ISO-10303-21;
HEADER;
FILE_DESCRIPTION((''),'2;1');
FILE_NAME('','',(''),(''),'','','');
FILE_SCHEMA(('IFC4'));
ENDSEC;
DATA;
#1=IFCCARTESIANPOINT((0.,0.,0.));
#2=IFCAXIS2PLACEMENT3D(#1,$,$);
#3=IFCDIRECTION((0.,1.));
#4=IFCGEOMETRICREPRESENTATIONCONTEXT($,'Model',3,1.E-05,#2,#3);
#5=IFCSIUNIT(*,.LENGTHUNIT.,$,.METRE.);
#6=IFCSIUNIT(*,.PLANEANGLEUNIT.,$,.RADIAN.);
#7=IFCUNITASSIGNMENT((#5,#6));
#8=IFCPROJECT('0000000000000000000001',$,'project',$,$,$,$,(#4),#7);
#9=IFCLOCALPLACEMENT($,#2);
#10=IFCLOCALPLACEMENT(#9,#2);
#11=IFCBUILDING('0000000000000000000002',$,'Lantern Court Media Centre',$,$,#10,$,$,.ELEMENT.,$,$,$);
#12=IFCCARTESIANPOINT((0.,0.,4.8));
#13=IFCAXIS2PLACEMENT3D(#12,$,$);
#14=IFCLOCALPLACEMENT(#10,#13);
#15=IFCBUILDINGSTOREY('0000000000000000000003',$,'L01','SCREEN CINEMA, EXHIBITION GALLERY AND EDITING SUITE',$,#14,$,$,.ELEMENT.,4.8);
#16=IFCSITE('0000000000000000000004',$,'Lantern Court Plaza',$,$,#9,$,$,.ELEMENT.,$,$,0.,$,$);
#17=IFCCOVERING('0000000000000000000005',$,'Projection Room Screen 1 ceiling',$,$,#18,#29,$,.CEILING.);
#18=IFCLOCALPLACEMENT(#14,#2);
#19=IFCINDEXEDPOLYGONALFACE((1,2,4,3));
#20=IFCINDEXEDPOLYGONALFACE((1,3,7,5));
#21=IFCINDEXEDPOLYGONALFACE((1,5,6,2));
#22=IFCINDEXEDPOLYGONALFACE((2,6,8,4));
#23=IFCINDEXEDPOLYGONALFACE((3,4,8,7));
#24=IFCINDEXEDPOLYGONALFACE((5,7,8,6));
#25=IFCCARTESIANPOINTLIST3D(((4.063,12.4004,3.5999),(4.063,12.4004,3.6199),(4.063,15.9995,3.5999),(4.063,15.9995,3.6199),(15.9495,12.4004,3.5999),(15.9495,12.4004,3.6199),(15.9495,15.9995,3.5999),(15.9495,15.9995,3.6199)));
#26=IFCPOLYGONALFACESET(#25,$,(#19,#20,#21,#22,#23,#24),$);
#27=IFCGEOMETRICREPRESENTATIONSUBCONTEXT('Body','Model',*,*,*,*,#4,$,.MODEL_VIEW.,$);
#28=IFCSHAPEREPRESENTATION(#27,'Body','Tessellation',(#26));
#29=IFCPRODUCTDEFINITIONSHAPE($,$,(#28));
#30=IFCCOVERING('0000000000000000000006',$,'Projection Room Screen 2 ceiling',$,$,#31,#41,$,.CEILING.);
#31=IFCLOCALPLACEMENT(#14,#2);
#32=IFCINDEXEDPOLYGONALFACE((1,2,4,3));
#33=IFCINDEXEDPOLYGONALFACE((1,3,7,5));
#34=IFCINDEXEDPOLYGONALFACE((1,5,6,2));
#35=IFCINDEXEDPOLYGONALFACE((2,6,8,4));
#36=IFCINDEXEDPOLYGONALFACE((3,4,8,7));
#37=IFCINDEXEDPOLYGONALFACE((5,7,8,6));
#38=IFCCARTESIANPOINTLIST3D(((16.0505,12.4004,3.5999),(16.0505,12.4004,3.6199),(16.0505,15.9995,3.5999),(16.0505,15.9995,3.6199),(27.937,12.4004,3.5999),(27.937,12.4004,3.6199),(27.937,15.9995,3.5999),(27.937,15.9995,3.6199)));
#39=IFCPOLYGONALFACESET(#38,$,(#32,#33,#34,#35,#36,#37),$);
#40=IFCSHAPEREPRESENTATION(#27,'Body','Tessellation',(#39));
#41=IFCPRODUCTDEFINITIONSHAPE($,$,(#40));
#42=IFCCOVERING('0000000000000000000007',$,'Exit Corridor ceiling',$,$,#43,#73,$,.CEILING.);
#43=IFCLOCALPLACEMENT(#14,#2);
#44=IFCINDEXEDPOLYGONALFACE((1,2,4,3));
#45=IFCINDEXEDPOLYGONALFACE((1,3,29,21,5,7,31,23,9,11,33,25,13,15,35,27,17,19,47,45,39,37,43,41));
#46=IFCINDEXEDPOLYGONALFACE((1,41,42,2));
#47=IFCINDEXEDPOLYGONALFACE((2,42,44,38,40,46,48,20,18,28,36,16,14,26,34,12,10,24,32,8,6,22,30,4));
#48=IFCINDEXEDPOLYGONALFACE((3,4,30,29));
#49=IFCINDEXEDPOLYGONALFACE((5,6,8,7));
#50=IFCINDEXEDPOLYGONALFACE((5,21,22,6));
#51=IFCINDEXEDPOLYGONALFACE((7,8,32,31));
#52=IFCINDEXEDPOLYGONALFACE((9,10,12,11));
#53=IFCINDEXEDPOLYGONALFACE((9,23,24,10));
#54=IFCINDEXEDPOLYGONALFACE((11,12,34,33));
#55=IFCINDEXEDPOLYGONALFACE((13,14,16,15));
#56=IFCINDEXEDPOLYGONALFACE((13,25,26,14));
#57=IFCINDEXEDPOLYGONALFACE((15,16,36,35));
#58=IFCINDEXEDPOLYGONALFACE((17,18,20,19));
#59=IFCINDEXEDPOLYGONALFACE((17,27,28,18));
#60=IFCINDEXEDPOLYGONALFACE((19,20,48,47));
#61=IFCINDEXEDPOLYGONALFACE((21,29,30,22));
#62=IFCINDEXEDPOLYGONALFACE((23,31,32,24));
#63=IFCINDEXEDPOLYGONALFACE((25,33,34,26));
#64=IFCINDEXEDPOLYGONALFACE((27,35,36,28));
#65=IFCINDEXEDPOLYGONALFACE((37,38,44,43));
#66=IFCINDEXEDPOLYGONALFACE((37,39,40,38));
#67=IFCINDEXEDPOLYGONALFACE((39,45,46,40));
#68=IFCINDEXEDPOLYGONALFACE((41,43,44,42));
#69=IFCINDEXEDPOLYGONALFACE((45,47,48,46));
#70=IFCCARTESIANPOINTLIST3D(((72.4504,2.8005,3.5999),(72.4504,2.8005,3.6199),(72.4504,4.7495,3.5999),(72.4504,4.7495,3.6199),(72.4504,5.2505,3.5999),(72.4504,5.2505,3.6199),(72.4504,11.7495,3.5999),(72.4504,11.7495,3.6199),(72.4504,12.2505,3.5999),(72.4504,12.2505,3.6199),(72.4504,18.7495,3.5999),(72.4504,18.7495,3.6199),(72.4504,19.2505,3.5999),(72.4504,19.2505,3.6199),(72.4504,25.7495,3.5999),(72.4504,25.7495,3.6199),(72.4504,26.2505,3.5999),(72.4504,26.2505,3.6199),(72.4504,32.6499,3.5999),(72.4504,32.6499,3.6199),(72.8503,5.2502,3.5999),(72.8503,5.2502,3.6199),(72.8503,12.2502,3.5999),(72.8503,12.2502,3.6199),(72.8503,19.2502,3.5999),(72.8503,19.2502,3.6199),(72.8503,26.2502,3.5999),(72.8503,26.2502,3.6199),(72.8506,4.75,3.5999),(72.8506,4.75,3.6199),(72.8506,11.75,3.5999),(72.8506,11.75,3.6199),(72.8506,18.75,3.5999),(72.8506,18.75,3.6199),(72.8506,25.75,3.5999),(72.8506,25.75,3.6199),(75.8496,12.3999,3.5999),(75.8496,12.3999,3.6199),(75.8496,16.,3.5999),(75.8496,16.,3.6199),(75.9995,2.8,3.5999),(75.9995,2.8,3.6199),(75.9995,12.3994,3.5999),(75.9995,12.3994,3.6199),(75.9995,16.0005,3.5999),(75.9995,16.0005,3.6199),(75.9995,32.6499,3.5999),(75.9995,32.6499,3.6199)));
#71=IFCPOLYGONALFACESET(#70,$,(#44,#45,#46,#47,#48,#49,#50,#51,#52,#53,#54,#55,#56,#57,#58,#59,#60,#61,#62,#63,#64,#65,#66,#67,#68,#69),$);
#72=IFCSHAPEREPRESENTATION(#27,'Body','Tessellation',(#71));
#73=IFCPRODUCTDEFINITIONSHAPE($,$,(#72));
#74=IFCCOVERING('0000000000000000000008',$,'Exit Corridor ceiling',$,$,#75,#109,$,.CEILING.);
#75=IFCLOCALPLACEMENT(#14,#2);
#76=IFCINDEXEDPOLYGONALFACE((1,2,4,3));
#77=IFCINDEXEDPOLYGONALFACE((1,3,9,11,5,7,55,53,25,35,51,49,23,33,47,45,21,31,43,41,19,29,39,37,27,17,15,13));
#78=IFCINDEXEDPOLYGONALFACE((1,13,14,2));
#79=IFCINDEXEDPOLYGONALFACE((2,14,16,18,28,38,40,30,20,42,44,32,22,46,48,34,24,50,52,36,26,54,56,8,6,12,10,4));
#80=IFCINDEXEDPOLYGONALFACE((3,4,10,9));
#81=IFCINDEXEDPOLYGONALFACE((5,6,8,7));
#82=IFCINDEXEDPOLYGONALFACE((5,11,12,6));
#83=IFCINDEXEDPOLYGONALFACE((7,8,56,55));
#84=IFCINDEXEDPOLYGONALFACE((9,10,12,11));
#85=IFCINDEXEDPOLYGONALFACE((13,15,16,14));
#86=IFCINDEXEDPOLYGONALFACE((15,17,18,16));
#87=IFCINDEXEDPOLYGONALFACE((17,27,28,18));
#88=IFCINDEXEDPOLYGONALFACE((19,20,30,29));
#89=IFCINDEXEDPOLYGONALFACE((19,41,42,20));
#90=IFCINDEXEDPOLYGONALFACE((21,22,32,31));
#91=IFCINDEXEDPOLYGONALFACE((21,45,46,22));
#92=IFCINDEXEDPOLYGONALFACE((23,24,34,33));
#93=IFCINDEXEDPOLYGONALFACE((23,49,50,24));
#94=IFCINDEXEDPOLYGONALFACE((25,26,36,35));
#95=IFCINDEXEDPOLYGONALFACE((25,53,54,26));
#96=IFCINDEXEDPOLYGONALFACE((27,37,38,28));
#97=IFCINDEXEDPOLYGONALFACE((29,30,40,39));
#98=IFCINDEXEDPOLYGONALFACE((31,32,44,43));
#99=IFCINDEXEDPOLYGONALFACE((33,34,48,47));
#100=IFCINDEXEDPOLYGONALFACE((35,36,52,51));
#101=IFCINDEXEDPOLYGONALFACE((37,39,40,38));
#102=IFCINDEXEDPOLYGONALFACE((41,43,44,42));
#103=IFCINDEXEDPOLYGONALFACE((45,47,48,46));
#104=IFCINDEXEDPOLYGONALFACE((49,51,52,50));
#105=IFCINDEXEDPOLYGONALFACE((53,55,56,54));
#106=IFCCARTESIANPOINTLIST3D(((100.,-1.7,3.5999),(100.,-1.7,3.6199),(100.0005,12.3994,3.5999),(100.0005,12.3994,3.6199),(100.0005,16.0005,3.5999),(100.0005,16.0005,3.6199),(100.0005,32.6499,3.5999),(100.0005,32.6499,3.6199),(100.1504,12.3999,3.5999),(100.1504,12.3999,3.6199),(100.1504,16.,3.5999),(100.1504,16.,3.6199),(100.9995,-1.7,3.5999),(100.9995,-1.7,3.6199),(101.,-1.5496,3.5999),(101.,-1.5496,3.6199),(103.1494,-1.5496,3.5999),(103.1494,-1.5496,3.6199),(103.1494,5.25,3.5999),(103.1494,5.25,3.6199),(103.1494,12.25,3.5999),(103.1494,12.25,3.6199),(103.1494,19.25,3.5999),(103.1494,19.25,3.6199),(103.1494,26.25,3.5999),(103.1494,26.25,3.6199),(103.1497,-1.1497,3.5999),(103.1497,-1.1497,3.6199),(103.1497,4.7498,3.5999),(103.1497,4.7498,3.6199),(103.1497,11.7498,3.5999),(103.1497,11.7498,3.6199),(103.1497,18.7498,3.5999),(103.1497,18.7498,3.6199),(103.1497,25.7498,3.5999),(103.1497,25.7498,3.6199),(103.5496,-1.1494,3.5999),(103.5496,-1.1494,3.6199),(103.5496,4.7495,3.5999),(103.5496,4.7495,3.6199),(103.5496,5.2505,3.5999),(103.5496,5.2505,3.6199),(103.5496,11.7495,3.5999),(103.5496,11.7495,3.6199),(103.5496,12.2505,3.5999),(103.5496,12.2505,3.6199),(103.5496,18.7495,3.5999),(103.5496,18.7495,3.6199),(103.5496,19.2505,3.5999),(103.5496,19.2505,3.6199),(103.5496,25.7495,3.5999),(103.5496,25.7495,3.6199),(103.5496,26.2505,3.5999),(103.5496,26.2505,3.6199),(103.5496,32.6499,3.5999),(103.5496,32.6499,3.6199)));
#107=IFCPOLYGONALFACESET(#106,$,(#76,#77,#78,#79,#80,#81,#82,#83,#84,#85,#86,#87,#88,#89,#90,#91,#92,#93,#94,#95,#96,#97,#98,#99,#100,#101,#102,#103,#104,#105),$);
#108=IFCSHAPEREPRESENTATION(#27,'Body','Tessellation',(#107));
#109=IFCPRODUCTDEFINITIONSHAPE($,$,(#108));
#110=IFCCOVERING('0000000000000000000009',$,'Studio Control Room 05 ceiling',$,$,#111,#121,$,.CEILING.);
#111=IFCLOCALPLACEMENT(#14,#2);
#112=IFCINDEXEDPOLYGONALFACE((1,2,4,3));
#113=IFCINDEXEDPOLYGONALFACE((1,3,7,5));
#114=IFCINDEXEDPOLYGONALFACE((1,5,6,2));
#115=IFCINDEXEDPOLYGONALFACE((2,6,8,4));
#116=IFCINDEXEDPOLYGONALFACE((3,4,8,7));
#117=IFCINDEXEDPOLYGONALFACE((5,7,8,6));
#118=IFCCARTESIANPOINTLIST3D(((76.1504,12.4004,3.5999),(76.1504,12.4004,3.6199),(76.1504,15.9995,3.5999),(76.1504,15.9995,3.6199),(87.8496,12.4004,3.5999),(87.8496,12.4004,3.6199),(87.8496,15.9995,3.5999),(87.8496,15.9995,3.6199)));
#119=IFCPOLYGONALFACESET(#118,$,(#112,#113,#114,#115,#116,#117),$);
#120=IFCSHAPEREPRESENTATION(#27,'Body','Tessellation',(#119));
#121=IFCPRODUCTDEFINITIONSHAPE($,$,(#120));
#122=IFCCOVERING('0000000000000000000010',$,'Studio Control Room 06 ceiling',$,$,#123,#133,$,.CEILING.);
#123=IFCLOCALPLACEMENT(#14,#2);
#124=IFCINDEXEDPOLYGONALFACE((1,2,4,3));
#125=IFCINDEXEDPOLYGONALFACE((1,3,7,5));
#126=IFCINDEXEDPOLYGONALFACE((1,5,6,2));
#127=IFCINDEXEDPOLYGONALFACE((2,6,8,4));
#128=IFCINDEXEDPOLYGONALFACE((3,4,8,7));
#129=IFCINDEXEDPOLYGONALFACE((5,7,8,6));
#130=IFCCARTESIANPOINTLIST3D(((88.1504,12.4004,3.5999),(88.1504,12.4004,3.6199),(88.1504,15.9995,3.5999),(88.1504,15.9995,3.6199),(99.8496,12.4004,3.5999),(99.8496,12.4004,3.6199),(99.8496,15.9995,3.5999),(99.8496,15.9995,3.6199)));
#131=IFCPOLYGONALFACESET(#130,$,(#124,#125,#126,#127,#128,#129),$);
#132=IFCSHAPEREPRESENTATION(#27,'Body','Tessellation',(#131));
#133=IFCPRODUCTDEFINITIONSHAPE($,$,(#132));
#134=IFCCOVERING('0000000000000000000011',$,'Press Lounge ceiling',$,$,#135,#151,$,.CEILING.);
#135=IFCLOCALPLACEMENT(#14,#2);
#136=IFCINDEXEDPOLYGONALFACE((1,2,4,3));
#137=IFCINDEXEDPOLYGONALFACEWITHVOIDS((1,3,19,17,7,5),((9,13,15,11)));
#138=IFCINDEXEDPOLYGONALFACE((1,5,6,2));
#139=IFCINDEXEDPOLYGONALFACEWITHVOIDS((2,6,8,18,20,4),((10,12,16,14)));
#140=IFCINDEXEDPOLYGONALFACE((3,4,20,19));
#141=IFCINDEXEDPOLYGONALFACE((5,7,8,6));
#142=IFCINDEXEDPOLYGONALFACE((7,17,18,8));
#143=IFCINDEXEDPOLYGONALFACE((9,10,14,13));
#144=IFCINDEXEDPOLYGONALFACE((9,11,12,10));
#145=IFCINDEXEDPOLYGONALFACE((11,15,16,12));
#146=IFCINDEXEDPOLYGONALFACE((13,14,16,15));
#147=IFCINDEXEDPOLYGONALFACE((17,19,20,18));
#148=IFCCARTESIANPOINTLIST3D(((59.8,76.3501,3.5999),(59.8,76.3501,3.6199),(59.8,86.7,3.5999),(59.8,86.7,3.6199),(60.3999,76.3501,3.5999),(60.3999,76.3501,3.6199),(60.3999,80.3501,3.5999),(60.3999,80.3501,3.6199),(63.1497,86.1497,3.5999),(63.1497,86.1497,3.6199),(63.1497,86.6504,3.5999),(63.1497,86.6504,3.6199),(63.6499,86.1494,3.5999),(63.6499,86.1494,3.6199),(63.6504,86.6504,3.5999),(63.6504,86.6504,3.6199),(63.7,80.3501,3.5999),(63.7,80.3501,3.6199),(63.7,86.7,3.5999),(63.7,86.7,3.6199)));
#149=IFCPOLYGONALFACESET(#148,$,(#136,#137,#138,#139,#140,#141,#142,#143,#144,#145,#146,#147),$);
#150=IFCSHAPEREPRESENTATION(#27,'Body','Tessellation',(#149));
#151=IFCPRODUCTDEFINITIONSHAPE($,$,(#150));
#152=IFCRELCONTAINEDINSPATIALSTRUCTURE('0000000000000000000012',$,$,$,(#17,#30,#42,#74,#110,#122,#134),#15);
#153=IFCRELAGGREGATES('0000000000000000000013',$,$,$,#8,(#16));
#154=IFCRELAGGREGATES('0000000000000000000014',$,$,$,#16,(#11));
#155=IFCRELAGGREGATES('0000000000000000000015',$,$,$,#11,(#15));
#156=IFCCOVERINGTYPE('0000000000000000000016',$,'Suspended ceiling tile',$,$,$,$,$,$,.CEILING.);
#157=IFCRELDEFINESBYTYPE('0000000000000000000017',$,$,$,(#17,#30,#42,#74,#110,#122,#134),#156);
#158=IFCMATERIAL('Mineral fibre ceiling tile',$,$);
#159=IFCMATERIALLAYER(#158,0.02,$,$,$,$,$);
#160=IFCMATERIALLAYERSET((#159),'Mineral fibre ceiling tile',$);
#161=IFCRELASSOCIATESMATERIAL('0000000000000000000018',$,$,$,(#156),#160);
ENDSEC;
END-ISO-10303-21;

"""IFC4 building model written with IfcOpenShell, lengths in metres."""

from ifc_helpers import new_model, si_unit, direction, frame, origin, place, context, subcontext, project, spatial, polyline, outline, extrude, material, layer, layer_set, type_object, element, save


model = new_model("IFC4")

# Units and contexts
model_context = context("Model", 3, precision=1e-05, world=origin(), true_north=direction((0.0, 1.0)))
body_context = subcontext(model_context, "Body", "Model", "MODEL_VIEW")
ifc_project = project(units=[si_unit("LENGTHUNIT", "METRE"), si_unit("PLANEANGLEUNIT", "RADIAN")], contexts=[model_context])

# Site, building, storey
site_placement = place(None, origin())
site = spatial("IfcSite", under=ifc_project, at=site_placement, Name="Lantern Court Plaza", CompositionType="ELEMENT", RefElevation=0.0)
building_placement = place(site_placement, origin())
building = spatial("IfcBuilding", under=site, at=building_placement, Name="Lantern Court Media Centre", CompositionType="ELEMENT")
storey_placement = place(building_placement, frame((0.0, 0.0, 4.8)))
storey = spatial("IfcBuildingStorey", under=building, at=storey_placement, Name="L01", Description="SCREEN CINEMA, EXHIBITION GALLERY AND EDITING SUITE", CompositionType="ELEMENT", Elevation=4.8)

# Coverings
ifc_material_1 = material(Name="Mineral fibre ceiling tile")
ifc_layer_1 = layer(ifc_material_1, 0.02)
ifc_layer_set_1 = layer_set([ifc_layer_1], Name="Mineral fibre ceiling tile")
covering_type_1 = type_object("IfcCoveringType", Name="Suspended ceiling tile", PredefinedType="CEILING", material=ifc_layer_set_1)
covering_1_placement = place(storey_placement, frame((0.0, 0.0, 3.5999)))
element("IfcCovering", 1, at=covering_1_placement, inside=storey, type_object=covering_type_1, Name="Projection Room Screen 1 ceiling", PredefinedType="CEILING", context=body_context, shape_type="SweptSolid", body=[
    extrude(outline(polyline([(4.063, 12.4004), (4.063, 15.9995), (15.9495, 15.9995), (15.9495, 12.4004), (4.063, 12.4004)])), origin(), (0.0, 0.0, 1.0), 0.02),
])
covering_2_placement = place(storey_placement, frame((0.0, 0.0, 3.5999)))
element("IfcCovering", 2, at=covering_2_placement, inside=storey, type_object=covering_type_1, Name="Projection Room Screen 2 ceiling", PredefinedType="CEILING", context=body_context, shape_type="SweptSolid", body=[
    extrude(outline(polyline([(16.0505, 12.4004), (16.0505, 15.9995), (27.937, 15.9995), (27.937, 12.4004), (16.0505, 12.4004)])), origin(), (0.0, 0.0, 1.0), 0.02),
])
covering_3_placement = place(storey_placement, frame((0.0, 0.0, 3.5999)))
element("IfcCovering", 3, at=covering_3_placement, inside=storey, type_object=covering_type_1, Name="Exit Corridor ceiling", PredefinedType="CEILING", context=body_context, shape_type="SweptSolid", body=[
    extrude(outline(polyline([(75.9995, 32.6499), (75.9995, 16.0005), (75.8496, 16.0), (75.8496, 12.3999), (75.9995, 12.3994), (75.9995, 2.8), (72.4504, 2.8005), (72.4504, 4.7495), (72.8506, 4.75), (72.8503, 5.2502), (72.4504, 5.2505), (72.4504, 11.7495), (72.8506, 11.75), (72.8503, 12.2502), (72.4504, 12.2505), (72.4504, 18.7495), (72.8506, 18.75), (72.8503, 19.2502), (72.4504, 19.2505), (72.4504, 25.7495), (72.8506, 25.75), (72.8503, 26.2502), (72.4504, 26.2505), (72.4504, 32.6499), (75.9995, 32.6499)])), origin(), (0.0, 0.0, 1.0), 0.02),
])
covering_4_placement = place(storey_placement, frame((0.0, 0.0, 3.5999)))
element("IfcCovering", 4, at=covering_4_placement, inside=storey, type_object=covering_type_1, Name="Exit Corridor ceiling", PredefinedType="CEILING", context=body_context, shape_type="SweptSolid", body=[
    extrude(outline(polyline([(103.5496, 32.6499), (103.5496, 26.2505), (103.1494, 26.25), (103.1497, 25.7498), (103.5496, 25.7495), (103.5496, 19.2505), (103.1494, 19.25), (103.1497, 18.7498), (103.5496, 18.7495), (103.5496, 12.2505), (103.1494, 12.25), (103.1497, 11.7498), (103.5496, 11.7495), (103.5496, 5.2505), (103.1494, 5.25), (103.1497, 4.7498), (103.5496, 4.7495), (103.5496, -1.1494), (103.1497, -1.1497), (103.1494, -1.5496), (101.0, -1.5496), (100.9995, -1.7), (100.0, -1.7), (100.0005, 12.3994), (100.1504, 12.3999), (100.1504, 16.0), (100.0005, 16.0005), (100.0005, 32.6499), (103.5496, 32.6499)])), origin(), (0.0, 0.0, 1.0), 0.02),
])
covering_5_placement = place(storey_placement, frame((0.0, 0.0, 3.5999)))
element("IfcCovering", 5, at=covering_5_placement, inside=storey, type_object=covering_type_1, Name="Studio Control Room 05 ceiling", PredefinedType="CEILING", context=body_context, shape_type="SweptSolid", body=[
    extrude(outline(polyline([(76.1504, 12.4004), (76.1504, 15.9995), (87.8496, 15.9995), (87.8496, 12.4004), (76.1504, 12.4004)])), origin(), (0.0, 0.0, 1.0), 0.02),
])
covering_6_placement = place(storey_placement, frame((0.0, 0.0, 3.5999)))
element("IfcCovering", 6, at=covering_6_placement, inside=storey, type_object=covering_type_1, Name="Studio Control Room 06 ceiling", PredefinedType="CEILING", context=body_context, shape_type="SweptSolid", body=[
    extrude(outline(polyline([(88.1504, 12.4004), (88.1504, 15.9995), (99.8496, 15.9995), (99.8496, 12.4004), (88.1504, 12.4004)])), origin(), (0.0, 0.0, 1.0), 0.02),
])
covering_7_placement = place(storey_placement, frame((0.0, 0.0, 3.5999)))
element("IfcCovering", 7, at=covering_7_placement, inside=storey, type_object=covering_type_1, Name="Press Lounge ceiling", PredefinedType="CEILING", context=body_context, shape_type="SweptSolid", body=[
    extrude(outline(polyline([(59.8, 86.7), (63.7, 86.7), (63.7, 80.3501), (60.3999, 80.3501), (60.3999, 76.3501), (59.8, 76.3501), (59.8, 86.7)]), holes=[polyline([(63.6499, 86.1494), (63.6504, 86.6504), (63.1497, 86.6504), (63.1497, 86.1497), (63.6499, 86.1494)])]), origin(), (0.0, 0.0, 1.0), 0.02),
])

save(model, "model.ifc")
